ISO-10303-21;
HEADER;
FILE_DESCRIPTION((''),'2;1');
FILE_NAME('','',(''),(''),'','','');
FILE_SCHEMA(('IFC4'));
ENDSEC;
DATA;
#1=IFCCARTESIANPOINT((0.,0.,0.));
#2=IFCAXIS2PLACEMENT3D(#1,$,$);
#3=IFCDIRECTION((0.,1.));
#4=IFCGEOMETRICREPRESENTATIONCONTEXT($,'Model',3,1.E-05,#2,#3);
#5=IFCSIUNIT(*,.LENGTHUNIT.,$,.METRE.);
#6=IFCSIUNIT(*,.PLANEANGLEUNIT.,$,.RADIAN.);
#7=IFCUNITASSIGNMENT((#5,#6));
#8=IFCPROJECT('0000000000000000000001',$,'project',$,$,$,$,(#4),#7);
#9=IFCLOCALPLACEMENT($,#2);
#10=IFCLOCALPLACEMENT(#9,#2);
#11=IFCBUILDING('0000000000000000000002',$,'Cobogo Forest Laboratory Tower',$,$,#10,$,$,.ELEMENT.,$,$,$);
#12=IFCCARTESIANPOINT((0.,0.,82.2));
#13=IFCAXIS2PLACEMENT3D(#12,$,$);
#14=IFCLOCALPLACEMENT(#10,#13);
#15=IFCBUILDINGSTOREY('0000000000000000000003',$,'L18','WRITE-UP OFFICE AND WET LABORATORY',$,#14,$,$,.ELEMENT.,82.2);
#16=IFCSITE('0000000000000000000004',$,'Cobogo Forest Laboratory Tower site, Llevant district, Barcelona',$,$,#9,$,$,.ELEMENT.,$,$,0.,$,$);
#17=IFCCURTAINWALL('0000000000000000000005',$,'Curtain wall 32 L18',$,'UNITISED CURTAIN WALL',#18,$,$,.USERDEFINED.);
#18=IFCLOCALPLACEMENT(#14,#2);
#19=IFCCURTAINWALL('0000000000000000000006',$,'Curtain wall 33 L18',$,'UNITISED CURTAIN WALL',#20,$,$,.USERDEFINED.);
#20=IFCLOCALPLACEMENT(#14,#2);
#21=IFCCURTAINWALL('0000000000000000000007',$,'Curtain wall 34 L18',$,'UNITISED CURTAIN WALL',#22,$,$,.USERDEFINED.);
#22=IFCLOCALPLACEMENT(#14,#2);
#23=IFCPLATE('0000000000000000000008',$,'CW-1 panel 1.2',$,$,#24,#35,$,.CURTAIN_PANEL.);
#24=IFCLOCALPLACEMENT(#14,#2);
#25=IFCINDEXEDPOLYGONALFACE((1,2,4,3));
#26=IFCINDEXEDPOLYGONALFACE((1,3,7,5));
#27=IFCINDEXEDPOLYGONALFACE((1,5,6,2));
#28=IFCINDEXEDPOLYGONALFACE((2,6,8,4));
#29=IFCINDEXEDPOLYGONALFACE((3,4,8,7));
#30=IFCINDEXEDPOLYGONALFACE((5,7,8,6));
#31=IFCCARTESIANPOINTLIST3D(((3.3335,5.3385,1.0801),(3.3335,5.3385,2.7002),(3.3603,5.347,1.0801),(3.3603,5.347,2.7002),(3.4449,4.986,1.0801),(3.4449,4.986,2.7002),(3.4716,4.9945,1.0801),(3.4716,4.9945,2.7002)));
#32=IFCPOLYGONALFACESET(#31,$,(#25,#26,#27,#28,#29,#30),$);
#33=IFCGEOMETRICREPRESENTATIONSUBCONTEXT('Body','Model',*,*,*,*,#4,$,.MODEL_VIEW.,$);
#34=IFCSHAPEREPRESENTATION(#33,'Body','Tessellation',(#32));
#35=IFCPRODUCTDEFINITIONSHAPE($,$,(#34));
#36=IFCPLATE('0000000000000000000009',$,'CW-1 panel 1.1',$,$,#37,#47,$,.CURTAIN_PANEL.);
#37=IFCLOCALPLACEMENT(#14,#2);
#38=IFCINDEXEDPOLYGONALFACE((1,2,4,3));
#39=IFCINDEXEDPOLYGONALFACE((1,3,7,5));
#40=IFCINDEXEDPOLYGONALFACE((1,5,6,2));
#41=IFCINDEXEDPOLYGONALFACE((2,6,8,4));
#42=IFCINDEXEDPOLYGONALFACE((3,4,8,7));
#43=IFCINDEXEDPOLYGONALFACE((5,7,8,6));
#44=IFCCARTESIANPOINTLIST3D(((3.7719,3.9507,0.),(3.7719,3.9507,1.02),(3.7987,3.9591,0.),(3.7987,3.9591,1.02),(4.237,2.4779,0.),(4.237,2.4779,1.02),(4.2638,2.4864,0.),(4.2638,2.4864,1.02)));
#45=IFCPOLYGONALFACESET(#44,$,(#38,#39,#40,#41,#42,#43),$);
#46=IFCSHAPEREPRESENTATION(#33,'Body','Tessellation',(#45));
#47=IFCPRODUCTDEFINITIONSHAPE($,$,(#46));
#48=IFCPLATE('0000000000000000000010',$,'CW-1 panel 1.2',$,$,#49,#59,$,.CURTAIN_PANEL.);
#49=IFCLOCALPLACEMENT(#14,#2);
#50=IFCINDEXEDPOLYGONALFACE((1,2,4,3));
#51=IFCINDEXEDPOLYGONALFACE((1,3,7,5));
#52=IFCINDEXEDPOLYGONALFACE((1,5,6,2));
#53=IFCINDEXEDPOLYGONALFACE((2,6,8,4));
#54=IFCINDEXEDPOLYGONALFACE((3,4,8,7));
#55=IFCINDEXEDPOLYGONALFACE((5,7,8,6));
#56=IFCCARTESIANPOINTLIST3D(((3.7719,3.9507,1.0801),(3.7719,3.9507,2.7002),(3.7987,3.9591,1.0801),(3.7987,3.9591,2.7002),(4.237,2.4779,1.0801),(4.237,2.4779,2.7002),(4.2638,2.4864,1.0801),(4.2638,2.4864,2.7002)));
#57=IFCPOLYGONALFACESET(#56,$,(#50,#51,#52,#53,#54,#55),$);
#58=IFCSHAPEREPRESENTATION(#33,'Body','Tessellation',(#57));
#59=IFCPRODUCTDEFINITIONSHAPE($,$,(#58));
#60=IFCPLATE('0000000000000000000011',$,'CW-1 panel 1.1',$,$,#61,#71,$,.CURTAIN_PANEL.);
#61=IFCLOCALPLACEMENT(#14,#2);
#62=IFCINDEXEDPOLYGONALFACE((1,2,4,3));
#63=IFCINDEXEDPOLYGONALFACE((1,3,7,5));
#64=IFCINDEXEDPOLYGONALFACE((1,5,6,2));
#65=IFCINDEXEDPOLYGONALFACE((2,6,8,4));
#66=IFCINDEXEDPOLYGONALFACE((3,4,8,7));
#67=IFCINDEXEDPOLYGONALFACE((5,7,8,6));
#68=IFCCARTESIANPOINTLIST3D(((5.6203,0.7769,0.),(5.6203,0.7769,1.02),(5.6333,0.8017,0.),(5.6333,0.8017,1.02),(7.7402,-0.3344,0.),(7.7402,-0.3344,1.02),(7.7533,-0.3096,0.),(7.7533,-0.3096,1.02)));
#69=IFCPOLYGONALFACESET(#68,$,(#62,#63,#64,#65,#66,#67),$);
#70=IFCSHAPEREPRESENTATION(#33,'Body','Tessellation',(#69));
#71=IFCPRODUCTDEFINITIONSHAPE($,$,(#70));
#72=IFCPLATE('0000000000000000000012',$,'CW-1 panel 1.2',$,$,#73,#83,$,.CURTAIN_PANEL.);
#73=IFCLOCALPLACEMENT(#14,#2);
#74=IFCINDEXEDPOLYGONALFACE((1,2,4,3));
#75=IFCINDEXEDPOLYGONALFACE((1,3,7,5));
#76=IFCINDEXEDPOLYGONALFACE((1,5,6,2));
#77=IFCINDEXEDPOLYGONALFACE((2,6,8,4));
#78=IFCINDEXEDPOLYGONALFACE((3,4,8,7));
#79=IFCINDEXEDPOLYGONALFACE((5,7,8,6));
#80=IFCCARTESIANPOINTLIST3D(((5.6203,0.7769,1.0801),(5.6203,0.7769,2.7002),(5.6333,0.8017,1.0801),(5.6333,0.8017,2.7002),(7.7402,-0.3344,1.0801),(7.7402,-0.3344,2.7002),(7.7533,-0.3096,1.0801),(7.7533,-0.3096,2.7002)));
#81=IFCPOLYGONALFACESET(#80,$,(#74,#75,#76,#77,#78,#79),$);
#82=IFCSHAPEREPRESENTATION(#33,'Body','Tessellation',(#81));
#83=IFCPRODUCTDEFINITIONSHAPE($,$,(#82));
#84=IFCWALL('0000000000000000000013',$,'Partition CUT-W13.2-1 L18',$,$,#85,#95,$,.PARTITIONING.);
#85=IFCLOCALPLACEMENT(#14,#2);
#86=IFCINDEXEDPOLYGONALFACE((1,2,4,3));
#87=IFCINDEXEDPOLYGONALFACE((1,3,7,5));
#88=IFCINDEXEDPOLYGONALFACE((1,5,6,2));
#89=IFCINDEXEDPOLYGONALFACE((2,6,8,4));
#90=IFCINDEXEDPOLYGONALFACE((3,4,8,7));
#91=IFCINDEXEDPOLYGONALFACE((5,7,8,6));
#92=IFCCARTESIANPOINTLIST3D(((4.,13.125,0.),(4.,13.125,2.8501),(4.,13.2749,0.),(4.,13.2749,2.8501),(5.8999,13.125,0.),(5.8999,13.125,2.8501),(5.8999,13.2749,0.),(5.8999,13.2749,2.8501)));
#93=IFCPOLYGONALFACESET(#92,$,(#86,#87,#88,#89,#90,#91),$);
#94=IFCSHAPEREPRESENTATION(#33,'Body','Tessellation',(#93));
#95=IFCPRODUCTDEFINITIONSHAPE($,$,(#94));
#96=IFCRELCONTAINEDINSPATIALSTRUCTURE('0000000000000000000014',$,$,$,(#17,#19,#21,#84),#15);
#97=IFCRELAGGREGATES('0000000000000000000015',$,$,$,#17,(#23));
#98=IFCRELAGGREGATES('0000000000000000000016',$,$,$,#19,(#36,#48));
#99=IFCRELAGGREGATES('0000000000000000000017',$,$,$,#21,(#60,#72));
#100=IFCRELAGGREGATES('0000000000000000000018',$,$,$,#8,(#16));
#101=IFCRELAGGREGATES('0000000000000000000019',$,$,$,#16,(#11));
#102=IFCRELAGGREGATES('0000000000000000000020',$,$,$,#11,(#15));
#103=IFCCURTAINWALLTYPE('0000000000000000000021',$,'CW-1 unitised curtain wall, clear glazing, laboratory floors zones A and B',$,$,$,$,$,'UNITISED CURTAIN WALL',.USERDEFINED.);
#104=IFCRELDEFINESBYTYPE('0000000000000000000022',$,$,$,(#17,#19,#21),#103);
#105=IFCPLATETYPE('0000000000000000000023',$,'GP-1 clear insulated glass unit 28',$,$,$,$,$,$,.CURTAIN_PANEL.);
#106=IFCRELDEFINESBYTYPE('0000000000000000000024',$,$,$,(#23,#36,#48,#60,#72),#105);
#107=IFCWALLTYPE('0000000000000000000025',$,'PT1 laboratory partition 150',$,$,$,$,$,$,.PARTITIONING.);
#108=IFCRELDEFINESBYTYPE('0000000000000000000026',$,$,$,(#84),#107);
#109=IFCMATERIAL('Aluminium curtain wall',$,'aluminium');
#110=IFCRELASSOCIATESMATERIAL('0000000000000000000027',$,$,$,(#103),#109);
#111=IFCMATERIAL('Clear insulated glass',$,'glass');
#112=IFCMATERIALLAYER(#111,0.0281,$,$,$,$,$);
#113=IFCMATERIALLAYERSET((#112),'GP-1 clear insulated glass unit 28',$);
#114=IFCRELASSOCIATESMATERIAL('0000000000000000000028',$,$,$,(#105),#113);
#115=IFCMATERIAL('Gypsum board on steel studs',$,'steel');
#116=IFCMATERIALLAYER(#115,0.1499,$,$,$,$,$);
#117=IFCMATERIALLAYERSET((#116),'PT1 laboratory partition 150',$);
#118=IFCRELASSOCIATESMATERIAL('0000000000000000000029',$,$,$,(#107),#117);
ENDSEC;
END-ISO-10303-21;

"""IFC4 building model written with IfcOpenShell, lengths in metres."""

from ifc_helpers import new_model, si_unit, direction, frame, frame_2d, origin, origin_2d, place, context, subcontext, project, spatial, rectangle, extrude, material, layer, layer_set, type_object, element, aggregate, save


model = new_model("IFC4")

# Units and contexts
model_context = context("Model", 3, precision=1e-05, world=origin(), true_north=direction((0.0, 1.0)))
body_context = subcontext(model_context, "Body", "Model", "MODEL_VIEW")
ifc_project = project(units=[si_unit("LENGTHUNIT", "METRE"), si_unit("PLANEANGLEUNIT", "RADIAN")], contexts=[model_context])

# Site, building, storey
site_placement = place(None, origin())
site = spatial("IfcSite", under=ifc_project, at=site_placement, Name="Cobogo Forest Laboratory Tower site, Llevant district, Barcelona", CompositionType="ELEMENT", RefElevation=0.0)
building_placement = place(site_placement, origin())
building = spatial("IfcBuilding", under=site, at=building_placement, Name="Cobogo Forest Laboratory Tower", CompositionType="ELEMENT")
storey_placement = place(building_placement, frame((0.0, 0.0, 82.2)))
storey = spatial("IfcBuildingStorey", under=building, at=storey_placement, Name="L18", Description="WRITE-UP OFFICE AND WET LABORATORY", CompositionType="ELEMENT", Elevation=82.2)

# Shared definitions
ifc_material_1 = material(Name="Aluminium curtain wall", Category="aluminium")
curtain_wall_type = type_object("IfcCurtainWallType", Name="CW-1 unitised curtain wall, clear glazing, laboratory floors zones A and B", ElementType="UNITISED CURTAIN WALL", PredefinedType="USERDEFINED", material=ifc_material_1)

# Curtain walls
curtain_wall_1_placement = place(storey_placement, origin())
curtain_wall_1 = element("IfcCurtainWall", 1, at=curtain_wall_1_placement, inside=storey, type_object=curtain_wall_type, Name="Curtain wall 32 L18", ObjectType="UNITISED CURTAIN WALL", PredefinedType="USERDEFINED")
curtain_wall_2_placement = place(storey_placement, origin())
curtain_wall_2 = element("IfcCurtainWall", 2, at=curtain_wall_2_placement, inside=storey, type_object=curtain_wall_type, Name="Curtain wall 33 L18", ObjectType="UNITISED CURTAIN WALL", PredefinedType="USERDEFINED")

# Curtain wall
curtain_wall_3_placement = place(storey_placement, origin())
curtain_wall_3 = element("IfcCurtainWall", 3, at=curtain_wall_3_placement, inside=storey, type_object=curtain_wall_type, Name="Curtain wall 34 L18", ObjectType="UNITISED CURTAIN WALL", PredefinedType="USERDEFINED")

# Plates
ifc_material_2 = material(Name="Clear insulated glass", Category="glass")
ifc_layer_1 = layer(ifc_material_2, 0.0281)
ifc_layer_set_1 = layer_set([ifc_layer_1], Name="GP-1 clear insulated glass unit 28")
plate_type = type_object("IfcPlateType", Name="GP-1 clear insulated glass unit 28", PredefinedType="CURTAIN_PANEL", material=ifc_layer_set_1)
plate_1_placement = place(storey_placement, frame((3.4026, 5.1665, 1.0801), z_axis=(0.0, 0.0, 1.0), x_axis=(0.301135, -0.953582, 0.0)))
plate_1 = element("IfcPlate", 4, at=plate_1_placement, type_object=plate_type, Name="CW-1 panel 1.2", PredefinedType="CURTAIN_PANEL", context=body_context, shape_type="SweptSolid", body=[
    extrude(rectangle(XDim=0.3696, YDim=0.0281, at=origin_2d()), origin(), (0.0, 0.0, 1.0), 1.6201),
])
aggregate(curtain_wall_1, [plate_1])
plate_2_placement = place(storey_placement, frame((4.0178, 3.2185, 0.0), z_axis=(0.0, 0.0, 1.0), x_axis=(0.301135, -0.953581, 0.0)))
plate_2 = element("IfcPlate", 5, at=plate_2_placement, type_object=plate_type, Name="CW-1 panel 1.1", PredefinedType="CURTAIN_PANEL", context=body_context, shape_type="SweptSolid", body=[
    extrude(rectangle(XDim=1.5444, YDim=0.0281, at=origin_2d()), origin(), (0.0, 0.0, 1.0), 1.02),
])
plate_3_placement = place(storey_placement, frame((4.0178, 3.2185, 1.0801), z_axis=(0.0, 0.0, 1.0), x_axis=(0.301135, -0.953581, 0.0)))
plate_3 = element("IfcPlate", 6, at=plate_3_placement, type_object=plate_type, Name="CW-1 panel 1.2", PredefinedType="CURTAIN_PANEL", context=body_context, shape_type="SweptSolid", body=[
    extrude(rectangle(XDim=1.5444, YDim=0.0281, at=origin_2d()), origin(), (0.0, 0.0, 1.0), 1.6201),
])
aggregate(curtain_wall_2, [plate_2, plate_3])
plate_4_placement = place(storey_placement, frame((6.6868, 0.2336, 0.0), z_axis=(0.0, 0.0, 1.0), x_axis=(0.885687, -0.464284, 0.0)))
plate_4 = element("IfcPlate", 7, at=plate_4_placement, type_object=plate_type, Name="CW-1 panel 1.1", PredefinedType="CURTAIN_PANEL", context=body_context, shape_type="SweptSolid", body=[
    extrude(rectangle(XDim=2.3936, YDim=0.0281, at=origin_2d()), origin(), (0.0, 0.0, 1.0), 1.02),
])
plate_5_placement = place(storey_placement, frame((6.6868, 0.2336, 1.0801), z_axis=(0.0, 0.0, 1.0), x_axis=(0.885687, -0.464284, 0.0)))
plate_5 = element("IfcPlate", 8, at=plate_5_placement, type_object=plate_type, Name="CW-1 panel 1.2", PredefinedType="CURTAIN_PANEL", context=body_context, shape_type="SweptSolid", body=[
    extrude(rectangle(XDim=2.3936, YDim=0.0281, at=origin_2d()), origin(), (0.0, 0.0, 1.0), 1.6201),
])
aggregate(curtain_wall_3, [plate_4, plate_5])

# Wall
ifc_material_3 = material(Name="Gypsum board on steel studs", Category="steel")
ifc_layer_2 = layer(ifc_material_3, 0.1499)
ifc_layer_set_2 = layer_set([ifc_layer_2], Name="PT1 laboratory partition 150")
wall_type = type_object("IfcWallType", Name="PT1 laboratory partition 150", PredefinedType="PARTITIONING", material=ifc_layer_set_2)
wall_placement = place(storey_placement, frame((4.0, 13.2, 0.0), z_axis=(0.0, 0.0, 1.0), x_axis=(1.0, 0.0, 0.0)))
element("IfcWall", 9, at=wall_placement, inside=storey, type_object=wall_type, Name="Partition CUT-W13.2-1 L18", PredefinedType="PARTITIONING", context=body_context, shape_type="SweptSolid", body=[
    extrude(rectangle(XDim=1.8999, YDim=0.1499, at=frame_2d((0.95, 0.0))), origin(), (0.0, 0.0, 1.0), 2.8501),
])

save(model, "model.ifc")
